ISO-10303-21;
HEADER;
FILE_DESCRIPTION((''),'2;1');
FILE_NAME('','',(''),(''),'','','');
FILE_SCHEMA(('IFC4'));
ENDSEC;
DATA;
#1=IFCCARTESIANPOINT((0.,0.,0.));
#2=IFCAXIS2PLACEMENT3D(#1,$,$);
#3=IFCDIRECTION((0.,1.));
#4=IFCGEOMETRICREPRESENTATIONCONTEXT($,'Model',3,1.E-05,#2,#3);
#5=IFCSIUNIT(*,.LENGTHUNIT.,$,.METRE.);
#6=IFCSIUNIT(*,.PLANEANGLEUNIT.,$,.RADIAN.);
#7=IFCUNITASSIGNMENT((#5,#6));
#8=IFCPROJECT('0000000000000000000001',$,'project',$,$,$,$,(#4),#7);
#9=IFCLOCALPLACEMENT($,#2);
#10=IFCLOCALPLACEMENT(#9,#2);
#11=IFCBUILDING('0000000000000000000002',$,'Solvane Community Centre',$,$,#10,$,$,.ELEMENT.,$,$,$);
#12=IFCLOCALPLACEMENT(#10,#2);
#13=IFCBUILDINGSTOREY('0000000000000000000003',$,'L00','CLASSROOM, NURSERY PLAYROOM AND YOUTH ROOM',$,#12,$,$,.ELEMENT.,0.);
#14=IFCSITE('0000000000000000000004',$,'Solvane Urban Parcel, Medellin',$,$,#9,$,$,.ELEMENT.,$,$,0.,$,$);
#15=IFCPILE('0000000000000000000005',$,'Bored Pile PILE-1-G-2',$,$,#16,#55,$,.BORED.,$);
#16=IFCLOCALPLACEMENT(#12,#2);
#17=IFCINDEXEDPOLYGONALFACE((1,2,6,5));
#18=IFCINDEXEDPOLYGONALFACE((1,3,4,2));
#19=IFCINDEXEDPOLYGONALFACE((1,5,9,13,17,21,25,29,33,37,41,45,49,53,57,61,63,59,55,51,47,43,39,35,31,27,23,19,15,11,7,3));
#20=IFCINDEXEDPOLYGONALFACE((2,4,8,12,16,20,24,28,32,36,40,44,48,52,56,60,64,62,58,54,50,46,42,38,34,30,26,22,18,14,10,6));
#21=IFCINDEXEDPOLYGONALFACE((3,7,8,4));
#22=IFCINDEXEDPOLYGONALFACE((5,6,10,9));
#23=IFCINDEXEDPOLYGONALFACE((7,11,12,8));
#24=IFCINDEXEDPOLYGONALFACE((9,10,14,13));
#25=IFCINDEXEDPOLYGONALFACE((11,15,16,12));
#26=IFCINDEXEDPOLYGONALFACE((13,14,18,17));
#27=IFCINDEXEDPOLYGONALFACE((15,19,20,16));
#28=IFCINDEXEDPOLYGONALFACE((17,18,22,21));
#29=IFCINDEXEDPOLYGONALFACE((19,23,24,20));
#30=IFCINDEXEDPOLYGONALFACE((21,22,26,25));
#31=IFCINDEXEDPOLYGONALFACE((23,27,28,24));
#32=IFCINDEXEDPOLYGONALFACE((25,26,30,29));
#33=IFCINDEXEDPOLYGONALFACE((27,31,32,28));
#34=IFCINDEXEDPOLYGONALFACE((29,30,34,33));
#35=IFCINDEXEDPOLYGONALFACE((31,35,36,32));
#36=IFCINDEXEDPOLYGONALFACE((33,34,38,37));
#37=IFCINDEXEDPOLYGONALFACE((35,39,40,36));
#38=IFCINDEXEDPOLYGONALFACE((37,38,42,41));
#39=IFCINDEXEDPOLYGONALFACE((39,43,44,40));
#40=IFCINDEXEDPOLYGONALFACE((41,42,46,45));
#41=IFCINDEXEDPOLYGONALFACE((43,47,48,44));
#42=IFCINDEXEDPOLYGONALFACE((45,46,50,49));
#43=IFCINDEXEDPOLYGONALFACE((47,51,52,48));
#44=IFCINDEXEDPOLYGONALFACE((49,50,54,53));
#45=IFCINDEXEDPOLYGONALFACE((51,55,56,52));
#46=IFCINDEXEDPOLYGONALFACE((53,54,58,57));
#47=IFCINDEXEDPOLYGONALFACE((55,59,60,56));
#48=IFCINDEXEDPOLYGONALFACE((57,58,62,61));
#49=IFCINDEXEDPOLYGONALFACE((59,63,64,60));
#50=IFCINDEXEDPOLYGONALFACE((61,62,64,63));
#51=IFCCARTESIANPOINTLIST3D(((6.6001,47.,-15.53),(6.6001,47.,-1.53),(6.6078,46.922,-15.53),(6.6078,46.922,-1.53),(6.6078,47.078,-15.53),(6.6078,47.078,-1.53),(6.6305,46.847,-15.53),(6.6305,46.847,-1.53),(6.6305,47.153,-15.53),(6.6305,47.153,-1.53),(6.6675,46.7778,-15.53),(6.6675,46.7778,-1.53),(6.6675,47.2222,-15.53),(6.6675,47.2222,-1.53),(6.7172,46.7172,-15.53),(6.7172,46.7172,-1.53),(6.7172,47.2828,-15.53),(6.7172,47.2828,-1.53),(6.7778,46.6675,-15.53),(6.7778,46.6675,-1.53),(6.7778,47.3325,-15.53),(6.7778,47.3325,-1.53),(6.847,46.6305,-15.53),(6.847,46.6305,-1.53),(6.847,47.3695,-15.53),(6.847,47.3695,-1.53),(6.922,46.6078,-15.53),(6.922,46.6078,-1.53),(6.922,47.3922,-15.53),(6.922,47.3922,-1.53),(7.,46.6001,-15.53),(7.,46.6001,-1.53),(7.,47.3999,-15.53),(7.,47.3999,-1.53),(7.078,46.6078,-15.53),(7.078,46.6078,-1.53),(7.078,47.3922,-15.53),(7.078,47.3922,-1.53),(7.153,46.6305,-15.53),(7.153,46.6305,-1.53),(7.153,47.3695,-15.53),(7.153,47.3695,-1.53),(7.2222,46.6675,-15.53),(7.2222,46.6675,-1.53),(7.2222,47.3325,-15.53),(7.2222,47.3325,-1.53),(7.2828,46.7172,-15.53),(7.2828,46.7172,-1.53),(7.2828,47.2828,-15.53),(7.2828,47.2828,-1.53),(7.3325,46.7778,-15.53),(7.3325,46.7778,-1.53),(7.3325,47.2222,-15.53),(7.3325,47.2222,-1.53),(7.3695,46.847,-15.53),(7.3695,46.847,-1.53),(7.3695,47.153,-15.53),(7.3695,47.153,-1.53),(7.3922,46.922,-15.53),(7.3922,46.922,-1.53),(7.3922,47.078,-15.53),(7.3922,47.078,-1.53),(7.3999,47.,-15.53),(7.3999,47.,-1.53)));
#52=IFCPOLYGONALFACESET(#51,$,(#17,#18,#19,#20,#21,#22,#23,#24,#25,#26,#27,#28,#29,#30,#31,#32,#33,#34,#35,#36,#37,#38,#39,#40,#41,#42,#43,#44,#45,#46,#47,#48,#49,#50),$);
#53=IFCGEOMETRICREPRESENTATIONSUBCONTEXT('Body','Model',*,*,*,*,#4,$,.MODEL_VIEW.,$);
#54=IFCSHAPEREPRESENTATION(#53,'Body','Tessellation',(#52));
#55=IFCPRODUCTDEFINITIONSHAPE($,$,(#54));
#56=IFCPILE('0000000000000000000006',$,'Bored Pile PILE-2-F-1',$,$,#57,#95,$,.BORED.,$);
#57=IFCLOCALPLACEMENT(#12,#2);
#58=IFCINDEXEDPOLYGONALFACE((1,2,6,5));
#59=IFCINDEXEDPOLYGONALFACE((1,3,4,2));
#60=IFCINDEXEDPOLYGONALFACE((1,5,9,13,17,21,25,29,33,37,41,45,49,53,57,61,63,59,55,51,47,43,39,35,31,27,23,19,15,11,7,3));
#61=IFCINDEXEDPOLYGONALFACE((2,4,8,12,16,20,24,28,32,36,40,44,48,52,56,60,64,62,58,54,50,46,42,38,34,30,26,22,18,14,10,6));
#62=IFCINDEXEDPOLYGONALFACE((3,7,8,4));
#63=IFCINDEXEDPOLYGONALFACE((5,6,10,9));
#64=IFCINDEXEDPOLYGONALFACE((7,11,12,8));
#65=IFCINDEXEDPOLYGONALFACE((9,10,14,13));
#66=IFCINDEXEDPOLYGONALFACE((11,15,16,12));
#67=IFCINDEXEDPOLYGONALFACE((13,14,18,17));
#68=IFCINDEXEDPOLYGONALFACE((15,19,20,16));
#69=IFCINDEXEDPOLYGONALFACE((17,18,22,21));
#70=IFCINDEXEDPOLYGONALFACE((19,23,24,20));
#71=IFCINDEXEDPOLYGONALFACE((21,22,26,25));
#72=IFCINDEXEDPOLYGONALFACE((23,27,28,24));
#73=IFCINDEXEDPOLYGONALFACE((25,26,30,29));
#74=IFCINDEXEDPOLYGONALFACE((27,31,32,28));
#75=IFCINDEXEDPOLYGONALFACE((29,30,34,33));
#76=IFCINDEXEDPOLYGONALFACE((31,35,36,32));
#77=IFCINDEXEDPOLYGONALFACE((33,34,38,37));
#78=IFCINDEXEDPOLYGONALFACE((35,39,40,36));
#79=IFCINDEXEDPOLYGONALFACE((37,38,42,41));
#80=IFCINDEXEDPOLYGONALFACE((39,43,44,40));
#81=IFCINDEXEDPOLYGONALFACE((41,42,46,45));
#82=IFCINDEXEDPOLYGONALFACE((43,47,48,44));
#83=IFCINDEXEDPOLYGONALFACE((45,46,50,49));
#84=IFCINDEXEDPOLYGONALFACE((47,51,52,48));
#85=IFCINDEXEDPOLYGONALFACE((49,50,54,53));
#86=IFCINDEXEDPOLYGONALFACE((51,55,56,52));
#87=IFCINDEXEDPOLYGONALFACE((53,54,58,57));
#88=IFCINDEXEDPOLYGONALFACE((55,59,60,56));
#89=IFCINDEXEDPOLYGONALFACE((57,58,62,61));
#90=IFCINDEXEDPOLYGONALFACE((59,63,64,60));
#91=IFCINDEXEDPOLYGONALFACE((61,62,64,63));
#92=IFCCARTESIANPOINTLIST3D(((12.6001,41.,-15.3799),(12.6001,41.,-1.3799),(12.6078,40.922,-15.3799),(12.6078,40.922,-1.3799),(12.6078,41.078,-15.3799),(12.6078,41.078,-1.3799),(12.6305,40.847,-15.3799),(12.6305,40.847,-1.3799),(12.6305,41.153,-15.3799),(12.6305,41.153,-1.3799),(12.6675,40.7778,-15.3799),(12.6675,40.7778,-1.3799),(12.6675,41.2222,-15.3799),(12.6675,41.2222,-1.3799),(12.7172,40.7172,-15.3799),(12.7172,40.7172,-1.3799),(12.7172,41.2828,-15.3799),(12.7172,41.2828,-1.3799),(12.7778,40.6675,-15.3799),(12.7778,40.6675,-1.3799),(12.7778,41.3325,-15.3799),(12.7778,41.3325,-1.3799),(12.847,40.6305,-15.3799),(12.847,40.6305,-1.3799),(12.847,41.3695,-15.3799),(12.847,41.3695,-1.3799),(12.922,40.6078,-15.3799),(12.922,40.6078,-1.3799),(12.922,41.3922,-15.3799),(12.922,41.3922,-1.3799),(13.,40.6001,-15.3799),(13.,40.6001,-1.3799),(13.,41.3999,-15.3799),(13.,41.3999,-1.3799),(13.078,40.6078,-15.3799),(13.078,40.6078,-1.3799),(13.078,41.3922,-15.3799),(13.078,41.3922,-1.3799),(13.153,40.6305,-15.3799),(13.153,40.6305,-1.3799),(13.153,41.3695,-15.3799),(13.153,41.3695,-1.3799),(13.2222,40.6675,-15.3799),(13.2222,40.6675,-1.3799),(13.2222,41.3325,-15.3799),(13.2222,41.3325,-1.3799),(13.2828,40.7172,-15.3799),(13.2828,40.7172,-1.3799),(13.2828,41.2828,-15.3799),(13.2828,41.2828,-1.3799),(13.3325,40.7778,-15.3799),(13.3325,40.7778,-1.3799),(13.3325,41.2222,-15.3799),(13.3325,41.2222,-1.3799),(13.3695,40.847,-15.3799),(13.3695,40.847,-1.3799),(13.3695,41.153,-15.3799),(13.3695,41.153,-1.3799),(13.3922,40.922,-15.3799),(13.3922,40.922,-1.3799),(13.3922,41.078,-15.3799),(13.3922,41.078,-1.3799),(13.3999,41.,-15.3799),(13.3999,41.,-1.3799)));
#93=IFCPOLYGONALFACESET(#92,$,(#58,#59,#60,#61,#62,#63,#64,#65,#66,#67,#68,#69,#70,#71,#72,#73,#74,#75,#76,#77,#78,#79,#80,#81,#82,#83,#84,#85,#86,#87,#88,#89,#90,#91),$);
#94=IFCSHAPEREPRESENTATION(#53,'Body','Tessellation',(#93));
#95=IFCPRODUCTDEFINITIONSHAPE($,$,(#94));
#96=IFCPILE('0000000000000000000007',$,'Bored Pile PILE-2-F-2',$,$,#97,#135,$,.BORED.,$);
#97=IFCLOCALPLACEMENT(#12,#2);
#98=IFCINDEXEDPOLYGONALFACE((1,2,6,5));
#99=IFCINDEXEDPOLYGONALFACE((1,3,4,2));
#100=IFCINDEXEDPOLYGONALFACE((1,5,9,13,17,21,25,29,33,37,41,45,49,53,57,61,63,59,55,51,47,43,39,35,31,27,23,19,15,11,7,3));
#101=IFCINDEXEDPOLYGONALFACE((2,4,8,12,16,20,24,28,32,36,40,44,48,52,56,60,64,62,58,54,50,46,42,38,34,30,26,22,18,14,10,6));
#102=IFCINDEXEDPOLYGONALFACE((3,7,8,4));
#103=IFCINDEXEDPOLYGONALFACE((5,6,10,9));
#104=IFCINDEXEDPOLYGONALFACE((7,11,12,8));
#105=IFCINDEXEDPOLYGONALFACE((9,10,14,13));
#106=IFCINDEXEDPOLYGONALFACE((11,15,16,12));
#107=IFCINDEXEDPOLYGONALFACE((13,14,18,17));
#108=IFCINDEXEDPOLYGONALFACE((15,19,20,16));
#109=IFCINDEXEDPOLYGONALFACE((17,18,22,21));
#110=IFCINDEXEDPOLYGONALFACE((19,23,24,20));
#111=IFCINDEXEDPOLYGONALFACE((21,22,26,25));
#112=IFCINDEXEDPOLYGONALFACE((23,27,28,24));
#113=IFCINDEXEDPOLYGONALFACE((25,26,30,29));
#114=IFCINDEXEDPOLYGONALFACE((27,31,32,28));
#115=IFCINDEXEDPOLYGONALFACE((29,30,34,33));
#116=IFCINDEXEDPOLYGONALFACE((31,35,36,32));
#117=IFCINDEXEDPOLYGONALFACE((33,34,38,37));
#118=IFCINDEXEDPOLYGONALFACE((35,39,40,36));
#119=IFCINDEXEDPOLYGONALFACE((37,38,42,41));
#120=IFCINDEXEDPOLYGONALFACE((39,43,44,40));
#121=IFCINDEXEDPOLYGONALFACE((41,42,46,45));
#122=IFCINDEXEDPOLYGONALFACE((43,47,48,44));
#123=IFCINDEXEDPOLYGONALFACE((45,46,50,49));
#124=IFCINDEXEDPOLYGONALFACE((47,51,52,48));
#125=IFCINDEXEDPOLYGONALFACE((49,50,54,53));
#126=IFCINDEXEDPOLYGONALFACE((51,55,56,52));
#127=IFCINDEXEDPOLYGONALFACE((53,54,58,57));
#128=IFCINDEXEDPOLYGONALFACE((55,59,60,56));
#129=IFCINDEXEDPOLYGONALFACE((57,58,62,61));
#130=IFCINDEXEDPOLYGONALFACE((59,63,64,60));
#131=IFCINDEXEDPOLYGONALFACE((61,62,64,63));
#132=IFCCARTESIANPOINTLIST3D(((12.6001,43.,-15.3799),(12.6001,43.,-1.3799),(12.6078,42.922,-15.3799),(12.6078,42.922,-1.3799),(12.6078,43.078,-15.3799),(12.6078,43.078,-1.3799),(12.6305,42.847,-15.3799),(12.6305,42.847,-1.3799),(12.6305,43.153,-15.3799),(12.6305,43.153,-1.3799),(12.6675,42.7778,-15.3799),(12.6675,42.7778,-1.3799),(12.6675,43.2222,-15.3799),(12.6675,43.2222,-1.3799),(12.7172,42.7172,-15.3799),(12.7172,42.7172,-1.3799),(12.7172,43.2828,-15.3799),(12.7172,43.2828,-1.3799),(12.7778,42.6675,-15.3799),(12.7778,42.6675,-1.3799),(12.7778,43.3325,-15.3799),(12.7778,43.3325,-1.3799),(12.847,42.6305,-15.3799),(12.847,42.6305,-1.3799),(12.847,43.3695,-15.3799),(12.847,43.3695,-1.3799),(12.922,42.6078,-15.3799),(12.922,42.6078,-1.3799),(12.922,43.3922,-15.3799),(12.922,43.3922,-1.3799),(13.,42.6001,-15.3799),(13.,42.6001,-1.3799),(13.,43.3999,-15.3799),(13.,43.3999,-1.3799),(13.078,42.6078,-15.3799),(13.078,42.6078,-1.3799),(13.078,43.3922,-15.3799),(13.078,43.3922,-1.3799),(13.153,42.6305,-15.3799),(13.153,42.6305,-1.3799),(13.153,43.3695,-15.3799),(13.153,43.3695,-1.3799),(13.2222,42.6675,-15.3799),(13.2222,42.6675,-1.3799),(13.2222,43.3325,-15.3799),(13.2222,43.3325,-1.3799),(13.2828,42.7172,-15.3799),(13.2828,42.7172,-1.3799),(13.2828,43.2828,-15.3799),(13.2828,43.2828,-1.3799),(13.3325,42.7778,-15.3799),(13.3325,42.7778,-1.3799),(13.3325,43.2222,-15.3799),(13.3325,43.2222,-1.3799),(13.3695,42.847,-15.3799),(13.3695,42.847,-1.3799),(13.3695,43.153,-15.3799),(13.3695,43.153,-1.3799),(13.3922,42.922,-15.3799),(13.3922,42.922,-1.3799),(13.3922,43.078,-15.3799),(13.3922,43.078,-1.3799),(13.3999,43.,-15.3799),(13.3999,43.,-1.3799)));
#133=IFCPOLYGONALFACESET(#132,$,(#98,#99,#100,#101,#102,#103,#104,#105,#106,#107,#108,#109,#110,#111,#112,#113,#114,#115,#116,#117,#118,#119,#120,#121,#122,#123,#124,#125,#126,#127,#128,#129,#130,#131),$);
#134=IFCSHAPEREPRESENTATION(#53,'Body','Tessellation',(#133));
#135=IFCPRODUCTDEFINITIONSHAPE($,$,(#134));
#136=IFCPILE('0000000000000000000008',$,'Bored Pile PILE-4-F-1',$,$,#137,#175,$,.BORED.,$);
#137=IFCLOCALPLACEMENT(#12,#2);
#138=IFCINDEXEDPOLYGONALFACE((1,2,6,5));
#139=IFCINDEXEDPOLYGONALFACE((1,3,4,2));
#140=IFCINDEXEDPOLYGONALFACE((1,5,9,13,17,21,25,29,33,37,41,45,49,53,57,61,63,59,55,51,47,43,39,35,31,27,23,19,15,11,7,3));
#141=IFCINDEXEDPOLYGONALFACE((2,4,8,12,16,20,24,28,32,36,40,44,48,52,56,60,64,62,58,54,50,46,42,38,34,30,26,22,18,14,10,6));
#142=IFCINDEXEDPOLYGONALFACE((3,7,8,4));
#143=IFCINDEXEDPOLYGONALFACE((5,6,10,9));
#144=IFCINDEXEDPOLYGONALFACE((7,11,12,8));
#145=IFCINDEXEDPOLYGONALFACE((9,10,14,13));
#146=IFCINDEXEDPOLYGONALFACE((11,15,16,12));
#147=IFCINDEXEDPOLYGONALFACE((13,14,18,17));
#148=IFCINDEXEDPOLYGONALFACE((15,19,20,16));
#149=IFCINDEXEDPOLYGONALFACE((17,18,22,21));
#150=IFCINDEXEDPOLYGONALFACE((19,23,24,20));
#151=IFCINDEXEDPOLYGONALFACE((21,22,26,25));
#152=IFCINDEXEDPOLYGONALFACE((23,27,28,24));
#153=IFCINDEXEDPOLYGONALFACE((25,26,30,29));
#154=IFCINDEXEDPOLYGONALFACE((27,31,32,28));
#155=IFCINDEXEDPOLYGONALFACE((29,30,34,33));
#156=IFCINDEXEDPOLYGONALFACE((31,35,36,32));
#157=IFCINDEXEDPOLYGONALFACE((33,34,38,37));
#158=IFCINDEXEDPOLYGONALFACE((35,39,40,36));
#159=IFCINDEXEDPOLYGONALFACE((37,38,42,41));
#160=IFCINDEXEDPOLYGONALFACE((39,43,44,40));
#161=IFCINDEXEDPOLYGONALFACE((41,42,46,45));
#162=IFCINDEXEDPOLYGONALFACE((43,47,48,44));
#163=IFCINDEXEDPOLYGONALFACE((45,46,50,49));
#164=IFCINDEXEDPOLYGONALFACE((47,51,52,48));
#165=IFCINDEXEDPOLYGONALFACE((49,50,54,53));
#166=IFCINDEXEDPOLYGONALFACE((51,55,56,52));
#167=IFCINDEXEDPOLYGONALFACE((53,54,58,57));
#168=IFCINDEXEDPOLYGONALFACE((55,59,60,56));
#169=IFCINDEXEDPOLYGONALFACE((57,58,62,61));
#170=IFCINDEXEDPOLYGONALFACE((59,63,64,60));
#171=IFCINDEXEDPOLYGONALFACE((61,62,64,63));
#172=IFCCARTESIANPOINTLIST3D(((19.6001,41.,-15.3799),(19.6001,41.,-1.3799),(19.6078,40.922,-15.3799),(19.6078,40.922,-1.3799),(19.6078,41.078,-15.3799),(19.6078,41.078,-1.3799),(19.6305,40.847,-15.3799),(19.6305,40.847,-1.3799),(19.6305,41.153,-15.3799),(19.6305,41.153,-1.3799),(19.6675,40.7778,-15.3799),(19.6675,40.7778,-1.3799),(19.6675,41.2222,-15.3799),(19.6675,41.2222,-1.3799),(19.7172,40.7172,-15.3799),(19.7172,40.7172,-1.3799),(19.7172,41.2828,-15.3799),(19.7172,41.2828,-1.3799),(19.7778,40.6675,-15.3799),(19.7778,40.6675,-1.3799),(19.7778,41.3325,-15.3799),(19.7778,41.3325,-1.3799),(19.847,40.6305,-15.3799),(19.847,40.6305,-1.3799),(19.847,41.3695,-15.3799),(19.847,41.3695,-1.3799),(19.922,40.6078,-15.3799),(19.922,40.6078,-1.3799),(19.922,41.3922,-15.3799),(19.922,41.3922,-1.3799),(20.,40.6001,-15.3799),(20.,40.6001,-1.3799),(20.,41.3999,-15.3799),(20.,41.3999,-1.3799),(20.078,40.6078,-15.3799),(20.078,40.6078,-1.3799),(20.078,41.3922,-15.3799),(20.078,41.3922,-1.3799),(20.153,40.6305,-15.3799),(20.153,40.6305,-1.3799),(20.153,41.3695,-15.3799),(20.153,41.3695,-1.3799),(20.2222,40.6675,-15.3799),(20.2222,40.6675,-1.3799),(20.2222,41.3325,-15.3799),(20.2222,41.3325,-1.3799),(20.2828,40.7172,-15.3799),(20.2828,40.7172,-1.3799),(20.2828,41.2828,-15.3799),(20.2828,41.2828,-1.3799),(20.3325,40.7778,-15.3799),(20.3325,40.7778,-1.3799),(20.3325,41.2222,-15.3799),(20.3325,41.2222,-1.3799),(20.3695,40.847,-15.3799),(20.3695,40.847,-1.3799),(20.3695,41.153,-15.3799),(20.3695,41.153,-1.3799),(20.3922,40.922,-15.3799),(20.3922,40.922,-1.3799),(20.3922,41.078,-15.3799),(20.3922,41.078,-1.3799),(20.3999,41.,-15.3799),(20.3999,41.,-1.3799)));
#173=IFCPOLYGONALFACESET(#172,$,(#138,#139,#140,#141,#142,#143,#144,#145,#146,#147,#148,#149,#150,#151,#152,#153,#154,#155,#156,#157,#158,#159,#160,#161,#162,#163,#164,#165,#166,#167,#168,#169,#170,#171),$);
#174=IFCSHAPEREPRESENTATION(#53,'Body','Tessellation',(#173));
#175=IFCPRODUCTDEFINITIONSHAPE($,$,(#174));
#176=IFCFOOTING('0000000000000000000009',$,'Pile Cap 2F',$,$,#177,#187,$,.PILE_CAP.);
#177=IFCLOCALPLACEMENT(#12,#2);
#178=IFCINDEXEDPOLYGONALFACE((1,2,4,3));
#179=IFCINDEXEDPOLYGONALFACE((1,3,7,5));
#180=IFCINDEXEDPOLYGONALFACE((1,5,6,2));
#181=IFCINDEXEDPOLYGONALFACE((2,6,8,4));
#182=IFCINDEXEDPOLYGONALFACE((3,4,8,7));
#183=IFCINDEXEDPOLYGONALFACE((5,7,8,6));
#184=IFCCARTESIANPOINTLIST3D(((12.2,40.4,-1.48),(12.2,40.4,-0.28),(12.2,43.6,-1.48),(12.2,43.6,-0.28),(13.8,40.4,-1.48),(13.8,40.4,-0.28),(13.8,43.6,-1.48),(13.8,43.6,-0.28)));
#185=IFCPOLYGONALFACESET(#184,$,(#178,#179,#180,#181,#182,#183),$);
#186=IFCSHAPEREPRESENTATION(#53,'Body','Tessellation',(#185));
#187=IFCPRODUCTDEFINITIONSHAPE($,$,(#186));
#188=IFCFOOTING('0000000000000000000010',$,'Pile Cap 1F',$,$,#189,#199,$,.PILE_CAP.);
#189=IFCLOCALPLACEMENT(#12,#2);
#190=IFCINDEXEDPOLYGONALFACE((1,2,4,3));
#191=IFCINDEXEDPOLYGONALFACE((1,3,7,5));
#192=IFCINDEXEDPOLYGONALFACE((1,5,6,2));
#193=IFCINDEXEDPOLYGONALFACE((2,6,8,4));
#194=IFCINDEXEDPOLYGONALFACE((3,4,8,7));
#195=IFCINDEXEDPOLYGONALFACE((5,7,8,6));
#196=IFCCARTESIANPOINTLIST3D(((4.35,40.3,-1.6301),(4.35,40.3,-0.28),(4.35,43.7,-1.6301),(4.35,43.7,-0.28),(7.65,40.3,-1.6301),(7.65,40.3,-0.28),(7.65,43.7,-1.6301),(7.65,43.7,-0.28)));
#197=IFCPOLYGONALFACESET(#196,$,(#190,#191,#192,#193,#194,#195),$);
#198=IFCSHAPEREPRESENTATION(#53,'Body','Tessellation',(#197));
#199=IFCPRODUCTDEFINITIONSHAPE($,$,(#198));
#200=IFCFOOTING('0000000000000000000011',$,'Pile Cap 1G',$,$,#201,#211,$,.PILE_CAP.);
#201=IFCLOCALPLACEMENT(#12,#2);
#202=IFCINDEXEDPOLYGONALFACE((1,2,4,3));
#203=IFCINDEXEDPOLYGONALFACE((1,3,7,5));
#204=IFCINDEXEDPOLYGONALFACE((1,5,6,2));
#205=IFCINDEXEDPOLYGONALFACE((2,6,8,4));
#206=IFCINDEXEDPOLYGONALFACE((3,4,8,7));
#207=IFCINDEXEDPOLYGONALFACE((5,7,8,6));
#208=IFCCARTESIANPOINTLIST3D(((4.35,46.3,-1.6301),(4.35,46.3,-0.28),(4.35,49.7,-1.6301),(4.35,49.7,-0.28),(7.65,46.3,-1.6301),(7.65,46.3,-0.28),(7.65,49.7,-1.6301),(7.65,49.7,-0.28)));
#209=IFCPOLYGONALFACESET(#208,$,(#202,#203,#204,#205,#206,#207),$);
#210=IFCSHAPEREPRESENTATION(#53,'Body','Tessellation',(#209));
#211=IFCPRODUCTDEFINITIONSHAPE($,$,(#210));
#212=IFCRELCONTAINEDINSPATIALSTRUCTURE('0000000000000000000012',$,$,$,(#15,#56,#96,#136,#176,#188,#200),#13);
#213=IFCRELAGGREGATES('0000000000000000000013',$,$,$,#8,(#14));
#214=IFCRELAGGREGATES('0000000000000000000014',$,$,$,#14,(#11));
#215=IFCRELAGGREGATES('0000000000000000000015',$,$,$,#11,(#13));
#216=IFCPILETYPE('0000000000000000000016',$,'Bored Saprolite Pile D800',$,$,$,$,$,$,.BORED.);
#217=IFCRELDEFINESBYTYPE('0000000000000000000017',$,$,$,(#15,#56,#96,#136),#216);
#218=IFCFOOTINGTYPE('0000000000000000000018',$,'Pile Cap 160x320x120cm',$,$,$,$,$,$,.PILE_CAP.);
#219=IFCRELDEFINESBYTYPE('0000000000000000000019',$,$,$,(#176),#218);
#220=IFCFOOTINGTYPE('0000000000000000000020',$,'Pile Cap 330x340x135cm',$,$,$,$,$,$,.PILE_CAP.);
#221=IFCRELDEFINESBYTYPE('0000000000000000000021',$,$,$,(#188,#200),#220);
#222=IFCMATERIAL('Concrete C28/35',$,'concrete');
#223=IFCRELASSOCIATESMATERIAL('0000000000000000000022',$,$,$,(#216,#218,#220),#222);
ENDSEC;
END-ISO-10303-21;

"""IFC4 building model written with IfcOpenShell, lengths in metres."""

from ifc_helpers import new_model, si_unit, direction, frame, origin, origin_2d, place, context, subcontext, project, spatial, rectangle, circle, extrude, material, material_profile, profile_set, type_object, element, save


model = new_model("IFC4")

# Units and contexts
model_context = context("Model", 3, precision=1e-05, world=origin(), true_north=direction((0.0, 1.0)))
body_context = subcontext(model_context, "Body", "Model", "MODEL_VIEW")
ifc_project = project(units=[si_unit("LENGTHUNIT", "METRE"), si_unit("PLANEANGLEUNIT", "RADIAN")], contexts=[model_context])

# Site, building, storey
site_placement = place(None, origin())
site = spatial("IfcSite", under=ifc_project, at=site_placement, Name="Solvane Urban Parcel, Medellin", CompositionType="ELEMENT", RefElevation=0.0)
building_placement = place(site_placement, origin())
building = spatial("IfcBuilding", under=site, at=building_placement, Name="Solvane Community Centre", CompositionType="ELEMENT")
storey_placement = place(building_placement, origin())
storey = spatial("IfcBuildingStorey", under=building, at=storey_placement, Name="L00", Description="CLASSROOM, NURSERY PLAYROOM AND YOUTH ROOM", CompositionType="ELEMENT", Elevation=0.0)

# Piles
ifc_material_1 = material(Name="Concrete C28/35", Category="concrete")
ifc_material_profile_1 = material_profile(ifc_material_1, circle(Radius=0.3999, at=origin_2d()), Name="PILE D800")
ifc_profile_set_1 = profile_set([ifc_material_profile_1], Name="Concrete C28/35")
pile_type = type_object("IfcPileType", Name="Bored Saprolite Pile D800", PredefinedType="BORED", material=ifc_profile_set_1)
for number, where, z_axis, x_axis, name in (
    (1, (7.0, 47.0, -1.53), (0.0, 0.0, -1.0), (1.0, 0.0, 0.0), "Bored Pile PILE-1-G-2"),
    (2, (13.0, 41.0, -1.3799), (0.0, 0.0, -1.0), (1.0, 0.0, 0.0), "Bored Pile PILE-2-F-1"),
    (3, (13.0, 43.0, -1.3799), (0.0, 0.0, -1.0), (1.0, 0.0, 0.0), "Bored Pile PILE-2-F-2"),
    (4, (20.0, 41.0, -1.3799), (0.0, 0.0, -1.0), (1.0, 0.0, 0.0), "Bored Pile PILE-4-F-1"),
):
    element("IfcPile", number, at=place(storey_placement, frame(where, z_axis=z_axis, x_axis=x_axis)), inside=storey, type_object=pile_type, Name=name, PredefinedType="BORED", context=body_context, shape_type="SweptSolid", body=[
        extrude(circle(Radius=0.3999, at=origin_2d()), origin(), (0.0, 0.0, 1.0), 14.0),
    ])

# Footings
footing_type_1 = type_object("IfcFootingType", Name="Pile Cap 160x320x120cm", PredefinedType="PILE_CAP", material=ifc_material_1)
footing_1_placement = place(storey_placement, frame((13.0, 42.0, -1.48), z_axis=(0.0, 0.0, 1.0), x_axis=(1.0, 0.0, 0.0)))
element("IfcFooting", 5, at=footing_1_placement, inside=storey, type_object=footing_type_1, Name="Pile Cap 2F", PredefinedType="PILE_CAP", context=body_context, shape_type="SweptSolid", body=[
    extrude(rectangle(XDim=1.6001, YDim=3.2, at=origin_2d()), origin(), (0.0, 0.0, 1.0), 1.2),
])
footing_type_2 = type_object("IfcFootingType", Name="Pile Cap 330x340x135cm", PredefinedType="PILE_CAP", material=ifc_material_1)
for number, where, z_axis, x_axis, name in (
    (6, (6.0, 42.0, -1.6301), (0.0, 0.0, 1.0), (1.0, 0.0, 0.0), "Pile Cap 1F"),
    (7, (6.0, 48.0, -1.6301), (0.0, 0.0, 1.0), (1.0, 0.0, 0.0), "Pile Cap 1G"),
):
    element("IfcFooting", number, at=place(storey_placement, frame(where, z_axis=z_axis, x_axis=x_axis)), inside=storey, type_object=footing_type_2, Name=name, PredefinedType="PILE_CAP", context=body_context, shape_type="SweptSolid", body=[
        extrude(rectangle(XDim=3.3, YDim=3.3999, at=origin_2d()), origin(), (0.0, 0.0, 1.0), 1.3501),
    ])

save(model, "model.ifc")
